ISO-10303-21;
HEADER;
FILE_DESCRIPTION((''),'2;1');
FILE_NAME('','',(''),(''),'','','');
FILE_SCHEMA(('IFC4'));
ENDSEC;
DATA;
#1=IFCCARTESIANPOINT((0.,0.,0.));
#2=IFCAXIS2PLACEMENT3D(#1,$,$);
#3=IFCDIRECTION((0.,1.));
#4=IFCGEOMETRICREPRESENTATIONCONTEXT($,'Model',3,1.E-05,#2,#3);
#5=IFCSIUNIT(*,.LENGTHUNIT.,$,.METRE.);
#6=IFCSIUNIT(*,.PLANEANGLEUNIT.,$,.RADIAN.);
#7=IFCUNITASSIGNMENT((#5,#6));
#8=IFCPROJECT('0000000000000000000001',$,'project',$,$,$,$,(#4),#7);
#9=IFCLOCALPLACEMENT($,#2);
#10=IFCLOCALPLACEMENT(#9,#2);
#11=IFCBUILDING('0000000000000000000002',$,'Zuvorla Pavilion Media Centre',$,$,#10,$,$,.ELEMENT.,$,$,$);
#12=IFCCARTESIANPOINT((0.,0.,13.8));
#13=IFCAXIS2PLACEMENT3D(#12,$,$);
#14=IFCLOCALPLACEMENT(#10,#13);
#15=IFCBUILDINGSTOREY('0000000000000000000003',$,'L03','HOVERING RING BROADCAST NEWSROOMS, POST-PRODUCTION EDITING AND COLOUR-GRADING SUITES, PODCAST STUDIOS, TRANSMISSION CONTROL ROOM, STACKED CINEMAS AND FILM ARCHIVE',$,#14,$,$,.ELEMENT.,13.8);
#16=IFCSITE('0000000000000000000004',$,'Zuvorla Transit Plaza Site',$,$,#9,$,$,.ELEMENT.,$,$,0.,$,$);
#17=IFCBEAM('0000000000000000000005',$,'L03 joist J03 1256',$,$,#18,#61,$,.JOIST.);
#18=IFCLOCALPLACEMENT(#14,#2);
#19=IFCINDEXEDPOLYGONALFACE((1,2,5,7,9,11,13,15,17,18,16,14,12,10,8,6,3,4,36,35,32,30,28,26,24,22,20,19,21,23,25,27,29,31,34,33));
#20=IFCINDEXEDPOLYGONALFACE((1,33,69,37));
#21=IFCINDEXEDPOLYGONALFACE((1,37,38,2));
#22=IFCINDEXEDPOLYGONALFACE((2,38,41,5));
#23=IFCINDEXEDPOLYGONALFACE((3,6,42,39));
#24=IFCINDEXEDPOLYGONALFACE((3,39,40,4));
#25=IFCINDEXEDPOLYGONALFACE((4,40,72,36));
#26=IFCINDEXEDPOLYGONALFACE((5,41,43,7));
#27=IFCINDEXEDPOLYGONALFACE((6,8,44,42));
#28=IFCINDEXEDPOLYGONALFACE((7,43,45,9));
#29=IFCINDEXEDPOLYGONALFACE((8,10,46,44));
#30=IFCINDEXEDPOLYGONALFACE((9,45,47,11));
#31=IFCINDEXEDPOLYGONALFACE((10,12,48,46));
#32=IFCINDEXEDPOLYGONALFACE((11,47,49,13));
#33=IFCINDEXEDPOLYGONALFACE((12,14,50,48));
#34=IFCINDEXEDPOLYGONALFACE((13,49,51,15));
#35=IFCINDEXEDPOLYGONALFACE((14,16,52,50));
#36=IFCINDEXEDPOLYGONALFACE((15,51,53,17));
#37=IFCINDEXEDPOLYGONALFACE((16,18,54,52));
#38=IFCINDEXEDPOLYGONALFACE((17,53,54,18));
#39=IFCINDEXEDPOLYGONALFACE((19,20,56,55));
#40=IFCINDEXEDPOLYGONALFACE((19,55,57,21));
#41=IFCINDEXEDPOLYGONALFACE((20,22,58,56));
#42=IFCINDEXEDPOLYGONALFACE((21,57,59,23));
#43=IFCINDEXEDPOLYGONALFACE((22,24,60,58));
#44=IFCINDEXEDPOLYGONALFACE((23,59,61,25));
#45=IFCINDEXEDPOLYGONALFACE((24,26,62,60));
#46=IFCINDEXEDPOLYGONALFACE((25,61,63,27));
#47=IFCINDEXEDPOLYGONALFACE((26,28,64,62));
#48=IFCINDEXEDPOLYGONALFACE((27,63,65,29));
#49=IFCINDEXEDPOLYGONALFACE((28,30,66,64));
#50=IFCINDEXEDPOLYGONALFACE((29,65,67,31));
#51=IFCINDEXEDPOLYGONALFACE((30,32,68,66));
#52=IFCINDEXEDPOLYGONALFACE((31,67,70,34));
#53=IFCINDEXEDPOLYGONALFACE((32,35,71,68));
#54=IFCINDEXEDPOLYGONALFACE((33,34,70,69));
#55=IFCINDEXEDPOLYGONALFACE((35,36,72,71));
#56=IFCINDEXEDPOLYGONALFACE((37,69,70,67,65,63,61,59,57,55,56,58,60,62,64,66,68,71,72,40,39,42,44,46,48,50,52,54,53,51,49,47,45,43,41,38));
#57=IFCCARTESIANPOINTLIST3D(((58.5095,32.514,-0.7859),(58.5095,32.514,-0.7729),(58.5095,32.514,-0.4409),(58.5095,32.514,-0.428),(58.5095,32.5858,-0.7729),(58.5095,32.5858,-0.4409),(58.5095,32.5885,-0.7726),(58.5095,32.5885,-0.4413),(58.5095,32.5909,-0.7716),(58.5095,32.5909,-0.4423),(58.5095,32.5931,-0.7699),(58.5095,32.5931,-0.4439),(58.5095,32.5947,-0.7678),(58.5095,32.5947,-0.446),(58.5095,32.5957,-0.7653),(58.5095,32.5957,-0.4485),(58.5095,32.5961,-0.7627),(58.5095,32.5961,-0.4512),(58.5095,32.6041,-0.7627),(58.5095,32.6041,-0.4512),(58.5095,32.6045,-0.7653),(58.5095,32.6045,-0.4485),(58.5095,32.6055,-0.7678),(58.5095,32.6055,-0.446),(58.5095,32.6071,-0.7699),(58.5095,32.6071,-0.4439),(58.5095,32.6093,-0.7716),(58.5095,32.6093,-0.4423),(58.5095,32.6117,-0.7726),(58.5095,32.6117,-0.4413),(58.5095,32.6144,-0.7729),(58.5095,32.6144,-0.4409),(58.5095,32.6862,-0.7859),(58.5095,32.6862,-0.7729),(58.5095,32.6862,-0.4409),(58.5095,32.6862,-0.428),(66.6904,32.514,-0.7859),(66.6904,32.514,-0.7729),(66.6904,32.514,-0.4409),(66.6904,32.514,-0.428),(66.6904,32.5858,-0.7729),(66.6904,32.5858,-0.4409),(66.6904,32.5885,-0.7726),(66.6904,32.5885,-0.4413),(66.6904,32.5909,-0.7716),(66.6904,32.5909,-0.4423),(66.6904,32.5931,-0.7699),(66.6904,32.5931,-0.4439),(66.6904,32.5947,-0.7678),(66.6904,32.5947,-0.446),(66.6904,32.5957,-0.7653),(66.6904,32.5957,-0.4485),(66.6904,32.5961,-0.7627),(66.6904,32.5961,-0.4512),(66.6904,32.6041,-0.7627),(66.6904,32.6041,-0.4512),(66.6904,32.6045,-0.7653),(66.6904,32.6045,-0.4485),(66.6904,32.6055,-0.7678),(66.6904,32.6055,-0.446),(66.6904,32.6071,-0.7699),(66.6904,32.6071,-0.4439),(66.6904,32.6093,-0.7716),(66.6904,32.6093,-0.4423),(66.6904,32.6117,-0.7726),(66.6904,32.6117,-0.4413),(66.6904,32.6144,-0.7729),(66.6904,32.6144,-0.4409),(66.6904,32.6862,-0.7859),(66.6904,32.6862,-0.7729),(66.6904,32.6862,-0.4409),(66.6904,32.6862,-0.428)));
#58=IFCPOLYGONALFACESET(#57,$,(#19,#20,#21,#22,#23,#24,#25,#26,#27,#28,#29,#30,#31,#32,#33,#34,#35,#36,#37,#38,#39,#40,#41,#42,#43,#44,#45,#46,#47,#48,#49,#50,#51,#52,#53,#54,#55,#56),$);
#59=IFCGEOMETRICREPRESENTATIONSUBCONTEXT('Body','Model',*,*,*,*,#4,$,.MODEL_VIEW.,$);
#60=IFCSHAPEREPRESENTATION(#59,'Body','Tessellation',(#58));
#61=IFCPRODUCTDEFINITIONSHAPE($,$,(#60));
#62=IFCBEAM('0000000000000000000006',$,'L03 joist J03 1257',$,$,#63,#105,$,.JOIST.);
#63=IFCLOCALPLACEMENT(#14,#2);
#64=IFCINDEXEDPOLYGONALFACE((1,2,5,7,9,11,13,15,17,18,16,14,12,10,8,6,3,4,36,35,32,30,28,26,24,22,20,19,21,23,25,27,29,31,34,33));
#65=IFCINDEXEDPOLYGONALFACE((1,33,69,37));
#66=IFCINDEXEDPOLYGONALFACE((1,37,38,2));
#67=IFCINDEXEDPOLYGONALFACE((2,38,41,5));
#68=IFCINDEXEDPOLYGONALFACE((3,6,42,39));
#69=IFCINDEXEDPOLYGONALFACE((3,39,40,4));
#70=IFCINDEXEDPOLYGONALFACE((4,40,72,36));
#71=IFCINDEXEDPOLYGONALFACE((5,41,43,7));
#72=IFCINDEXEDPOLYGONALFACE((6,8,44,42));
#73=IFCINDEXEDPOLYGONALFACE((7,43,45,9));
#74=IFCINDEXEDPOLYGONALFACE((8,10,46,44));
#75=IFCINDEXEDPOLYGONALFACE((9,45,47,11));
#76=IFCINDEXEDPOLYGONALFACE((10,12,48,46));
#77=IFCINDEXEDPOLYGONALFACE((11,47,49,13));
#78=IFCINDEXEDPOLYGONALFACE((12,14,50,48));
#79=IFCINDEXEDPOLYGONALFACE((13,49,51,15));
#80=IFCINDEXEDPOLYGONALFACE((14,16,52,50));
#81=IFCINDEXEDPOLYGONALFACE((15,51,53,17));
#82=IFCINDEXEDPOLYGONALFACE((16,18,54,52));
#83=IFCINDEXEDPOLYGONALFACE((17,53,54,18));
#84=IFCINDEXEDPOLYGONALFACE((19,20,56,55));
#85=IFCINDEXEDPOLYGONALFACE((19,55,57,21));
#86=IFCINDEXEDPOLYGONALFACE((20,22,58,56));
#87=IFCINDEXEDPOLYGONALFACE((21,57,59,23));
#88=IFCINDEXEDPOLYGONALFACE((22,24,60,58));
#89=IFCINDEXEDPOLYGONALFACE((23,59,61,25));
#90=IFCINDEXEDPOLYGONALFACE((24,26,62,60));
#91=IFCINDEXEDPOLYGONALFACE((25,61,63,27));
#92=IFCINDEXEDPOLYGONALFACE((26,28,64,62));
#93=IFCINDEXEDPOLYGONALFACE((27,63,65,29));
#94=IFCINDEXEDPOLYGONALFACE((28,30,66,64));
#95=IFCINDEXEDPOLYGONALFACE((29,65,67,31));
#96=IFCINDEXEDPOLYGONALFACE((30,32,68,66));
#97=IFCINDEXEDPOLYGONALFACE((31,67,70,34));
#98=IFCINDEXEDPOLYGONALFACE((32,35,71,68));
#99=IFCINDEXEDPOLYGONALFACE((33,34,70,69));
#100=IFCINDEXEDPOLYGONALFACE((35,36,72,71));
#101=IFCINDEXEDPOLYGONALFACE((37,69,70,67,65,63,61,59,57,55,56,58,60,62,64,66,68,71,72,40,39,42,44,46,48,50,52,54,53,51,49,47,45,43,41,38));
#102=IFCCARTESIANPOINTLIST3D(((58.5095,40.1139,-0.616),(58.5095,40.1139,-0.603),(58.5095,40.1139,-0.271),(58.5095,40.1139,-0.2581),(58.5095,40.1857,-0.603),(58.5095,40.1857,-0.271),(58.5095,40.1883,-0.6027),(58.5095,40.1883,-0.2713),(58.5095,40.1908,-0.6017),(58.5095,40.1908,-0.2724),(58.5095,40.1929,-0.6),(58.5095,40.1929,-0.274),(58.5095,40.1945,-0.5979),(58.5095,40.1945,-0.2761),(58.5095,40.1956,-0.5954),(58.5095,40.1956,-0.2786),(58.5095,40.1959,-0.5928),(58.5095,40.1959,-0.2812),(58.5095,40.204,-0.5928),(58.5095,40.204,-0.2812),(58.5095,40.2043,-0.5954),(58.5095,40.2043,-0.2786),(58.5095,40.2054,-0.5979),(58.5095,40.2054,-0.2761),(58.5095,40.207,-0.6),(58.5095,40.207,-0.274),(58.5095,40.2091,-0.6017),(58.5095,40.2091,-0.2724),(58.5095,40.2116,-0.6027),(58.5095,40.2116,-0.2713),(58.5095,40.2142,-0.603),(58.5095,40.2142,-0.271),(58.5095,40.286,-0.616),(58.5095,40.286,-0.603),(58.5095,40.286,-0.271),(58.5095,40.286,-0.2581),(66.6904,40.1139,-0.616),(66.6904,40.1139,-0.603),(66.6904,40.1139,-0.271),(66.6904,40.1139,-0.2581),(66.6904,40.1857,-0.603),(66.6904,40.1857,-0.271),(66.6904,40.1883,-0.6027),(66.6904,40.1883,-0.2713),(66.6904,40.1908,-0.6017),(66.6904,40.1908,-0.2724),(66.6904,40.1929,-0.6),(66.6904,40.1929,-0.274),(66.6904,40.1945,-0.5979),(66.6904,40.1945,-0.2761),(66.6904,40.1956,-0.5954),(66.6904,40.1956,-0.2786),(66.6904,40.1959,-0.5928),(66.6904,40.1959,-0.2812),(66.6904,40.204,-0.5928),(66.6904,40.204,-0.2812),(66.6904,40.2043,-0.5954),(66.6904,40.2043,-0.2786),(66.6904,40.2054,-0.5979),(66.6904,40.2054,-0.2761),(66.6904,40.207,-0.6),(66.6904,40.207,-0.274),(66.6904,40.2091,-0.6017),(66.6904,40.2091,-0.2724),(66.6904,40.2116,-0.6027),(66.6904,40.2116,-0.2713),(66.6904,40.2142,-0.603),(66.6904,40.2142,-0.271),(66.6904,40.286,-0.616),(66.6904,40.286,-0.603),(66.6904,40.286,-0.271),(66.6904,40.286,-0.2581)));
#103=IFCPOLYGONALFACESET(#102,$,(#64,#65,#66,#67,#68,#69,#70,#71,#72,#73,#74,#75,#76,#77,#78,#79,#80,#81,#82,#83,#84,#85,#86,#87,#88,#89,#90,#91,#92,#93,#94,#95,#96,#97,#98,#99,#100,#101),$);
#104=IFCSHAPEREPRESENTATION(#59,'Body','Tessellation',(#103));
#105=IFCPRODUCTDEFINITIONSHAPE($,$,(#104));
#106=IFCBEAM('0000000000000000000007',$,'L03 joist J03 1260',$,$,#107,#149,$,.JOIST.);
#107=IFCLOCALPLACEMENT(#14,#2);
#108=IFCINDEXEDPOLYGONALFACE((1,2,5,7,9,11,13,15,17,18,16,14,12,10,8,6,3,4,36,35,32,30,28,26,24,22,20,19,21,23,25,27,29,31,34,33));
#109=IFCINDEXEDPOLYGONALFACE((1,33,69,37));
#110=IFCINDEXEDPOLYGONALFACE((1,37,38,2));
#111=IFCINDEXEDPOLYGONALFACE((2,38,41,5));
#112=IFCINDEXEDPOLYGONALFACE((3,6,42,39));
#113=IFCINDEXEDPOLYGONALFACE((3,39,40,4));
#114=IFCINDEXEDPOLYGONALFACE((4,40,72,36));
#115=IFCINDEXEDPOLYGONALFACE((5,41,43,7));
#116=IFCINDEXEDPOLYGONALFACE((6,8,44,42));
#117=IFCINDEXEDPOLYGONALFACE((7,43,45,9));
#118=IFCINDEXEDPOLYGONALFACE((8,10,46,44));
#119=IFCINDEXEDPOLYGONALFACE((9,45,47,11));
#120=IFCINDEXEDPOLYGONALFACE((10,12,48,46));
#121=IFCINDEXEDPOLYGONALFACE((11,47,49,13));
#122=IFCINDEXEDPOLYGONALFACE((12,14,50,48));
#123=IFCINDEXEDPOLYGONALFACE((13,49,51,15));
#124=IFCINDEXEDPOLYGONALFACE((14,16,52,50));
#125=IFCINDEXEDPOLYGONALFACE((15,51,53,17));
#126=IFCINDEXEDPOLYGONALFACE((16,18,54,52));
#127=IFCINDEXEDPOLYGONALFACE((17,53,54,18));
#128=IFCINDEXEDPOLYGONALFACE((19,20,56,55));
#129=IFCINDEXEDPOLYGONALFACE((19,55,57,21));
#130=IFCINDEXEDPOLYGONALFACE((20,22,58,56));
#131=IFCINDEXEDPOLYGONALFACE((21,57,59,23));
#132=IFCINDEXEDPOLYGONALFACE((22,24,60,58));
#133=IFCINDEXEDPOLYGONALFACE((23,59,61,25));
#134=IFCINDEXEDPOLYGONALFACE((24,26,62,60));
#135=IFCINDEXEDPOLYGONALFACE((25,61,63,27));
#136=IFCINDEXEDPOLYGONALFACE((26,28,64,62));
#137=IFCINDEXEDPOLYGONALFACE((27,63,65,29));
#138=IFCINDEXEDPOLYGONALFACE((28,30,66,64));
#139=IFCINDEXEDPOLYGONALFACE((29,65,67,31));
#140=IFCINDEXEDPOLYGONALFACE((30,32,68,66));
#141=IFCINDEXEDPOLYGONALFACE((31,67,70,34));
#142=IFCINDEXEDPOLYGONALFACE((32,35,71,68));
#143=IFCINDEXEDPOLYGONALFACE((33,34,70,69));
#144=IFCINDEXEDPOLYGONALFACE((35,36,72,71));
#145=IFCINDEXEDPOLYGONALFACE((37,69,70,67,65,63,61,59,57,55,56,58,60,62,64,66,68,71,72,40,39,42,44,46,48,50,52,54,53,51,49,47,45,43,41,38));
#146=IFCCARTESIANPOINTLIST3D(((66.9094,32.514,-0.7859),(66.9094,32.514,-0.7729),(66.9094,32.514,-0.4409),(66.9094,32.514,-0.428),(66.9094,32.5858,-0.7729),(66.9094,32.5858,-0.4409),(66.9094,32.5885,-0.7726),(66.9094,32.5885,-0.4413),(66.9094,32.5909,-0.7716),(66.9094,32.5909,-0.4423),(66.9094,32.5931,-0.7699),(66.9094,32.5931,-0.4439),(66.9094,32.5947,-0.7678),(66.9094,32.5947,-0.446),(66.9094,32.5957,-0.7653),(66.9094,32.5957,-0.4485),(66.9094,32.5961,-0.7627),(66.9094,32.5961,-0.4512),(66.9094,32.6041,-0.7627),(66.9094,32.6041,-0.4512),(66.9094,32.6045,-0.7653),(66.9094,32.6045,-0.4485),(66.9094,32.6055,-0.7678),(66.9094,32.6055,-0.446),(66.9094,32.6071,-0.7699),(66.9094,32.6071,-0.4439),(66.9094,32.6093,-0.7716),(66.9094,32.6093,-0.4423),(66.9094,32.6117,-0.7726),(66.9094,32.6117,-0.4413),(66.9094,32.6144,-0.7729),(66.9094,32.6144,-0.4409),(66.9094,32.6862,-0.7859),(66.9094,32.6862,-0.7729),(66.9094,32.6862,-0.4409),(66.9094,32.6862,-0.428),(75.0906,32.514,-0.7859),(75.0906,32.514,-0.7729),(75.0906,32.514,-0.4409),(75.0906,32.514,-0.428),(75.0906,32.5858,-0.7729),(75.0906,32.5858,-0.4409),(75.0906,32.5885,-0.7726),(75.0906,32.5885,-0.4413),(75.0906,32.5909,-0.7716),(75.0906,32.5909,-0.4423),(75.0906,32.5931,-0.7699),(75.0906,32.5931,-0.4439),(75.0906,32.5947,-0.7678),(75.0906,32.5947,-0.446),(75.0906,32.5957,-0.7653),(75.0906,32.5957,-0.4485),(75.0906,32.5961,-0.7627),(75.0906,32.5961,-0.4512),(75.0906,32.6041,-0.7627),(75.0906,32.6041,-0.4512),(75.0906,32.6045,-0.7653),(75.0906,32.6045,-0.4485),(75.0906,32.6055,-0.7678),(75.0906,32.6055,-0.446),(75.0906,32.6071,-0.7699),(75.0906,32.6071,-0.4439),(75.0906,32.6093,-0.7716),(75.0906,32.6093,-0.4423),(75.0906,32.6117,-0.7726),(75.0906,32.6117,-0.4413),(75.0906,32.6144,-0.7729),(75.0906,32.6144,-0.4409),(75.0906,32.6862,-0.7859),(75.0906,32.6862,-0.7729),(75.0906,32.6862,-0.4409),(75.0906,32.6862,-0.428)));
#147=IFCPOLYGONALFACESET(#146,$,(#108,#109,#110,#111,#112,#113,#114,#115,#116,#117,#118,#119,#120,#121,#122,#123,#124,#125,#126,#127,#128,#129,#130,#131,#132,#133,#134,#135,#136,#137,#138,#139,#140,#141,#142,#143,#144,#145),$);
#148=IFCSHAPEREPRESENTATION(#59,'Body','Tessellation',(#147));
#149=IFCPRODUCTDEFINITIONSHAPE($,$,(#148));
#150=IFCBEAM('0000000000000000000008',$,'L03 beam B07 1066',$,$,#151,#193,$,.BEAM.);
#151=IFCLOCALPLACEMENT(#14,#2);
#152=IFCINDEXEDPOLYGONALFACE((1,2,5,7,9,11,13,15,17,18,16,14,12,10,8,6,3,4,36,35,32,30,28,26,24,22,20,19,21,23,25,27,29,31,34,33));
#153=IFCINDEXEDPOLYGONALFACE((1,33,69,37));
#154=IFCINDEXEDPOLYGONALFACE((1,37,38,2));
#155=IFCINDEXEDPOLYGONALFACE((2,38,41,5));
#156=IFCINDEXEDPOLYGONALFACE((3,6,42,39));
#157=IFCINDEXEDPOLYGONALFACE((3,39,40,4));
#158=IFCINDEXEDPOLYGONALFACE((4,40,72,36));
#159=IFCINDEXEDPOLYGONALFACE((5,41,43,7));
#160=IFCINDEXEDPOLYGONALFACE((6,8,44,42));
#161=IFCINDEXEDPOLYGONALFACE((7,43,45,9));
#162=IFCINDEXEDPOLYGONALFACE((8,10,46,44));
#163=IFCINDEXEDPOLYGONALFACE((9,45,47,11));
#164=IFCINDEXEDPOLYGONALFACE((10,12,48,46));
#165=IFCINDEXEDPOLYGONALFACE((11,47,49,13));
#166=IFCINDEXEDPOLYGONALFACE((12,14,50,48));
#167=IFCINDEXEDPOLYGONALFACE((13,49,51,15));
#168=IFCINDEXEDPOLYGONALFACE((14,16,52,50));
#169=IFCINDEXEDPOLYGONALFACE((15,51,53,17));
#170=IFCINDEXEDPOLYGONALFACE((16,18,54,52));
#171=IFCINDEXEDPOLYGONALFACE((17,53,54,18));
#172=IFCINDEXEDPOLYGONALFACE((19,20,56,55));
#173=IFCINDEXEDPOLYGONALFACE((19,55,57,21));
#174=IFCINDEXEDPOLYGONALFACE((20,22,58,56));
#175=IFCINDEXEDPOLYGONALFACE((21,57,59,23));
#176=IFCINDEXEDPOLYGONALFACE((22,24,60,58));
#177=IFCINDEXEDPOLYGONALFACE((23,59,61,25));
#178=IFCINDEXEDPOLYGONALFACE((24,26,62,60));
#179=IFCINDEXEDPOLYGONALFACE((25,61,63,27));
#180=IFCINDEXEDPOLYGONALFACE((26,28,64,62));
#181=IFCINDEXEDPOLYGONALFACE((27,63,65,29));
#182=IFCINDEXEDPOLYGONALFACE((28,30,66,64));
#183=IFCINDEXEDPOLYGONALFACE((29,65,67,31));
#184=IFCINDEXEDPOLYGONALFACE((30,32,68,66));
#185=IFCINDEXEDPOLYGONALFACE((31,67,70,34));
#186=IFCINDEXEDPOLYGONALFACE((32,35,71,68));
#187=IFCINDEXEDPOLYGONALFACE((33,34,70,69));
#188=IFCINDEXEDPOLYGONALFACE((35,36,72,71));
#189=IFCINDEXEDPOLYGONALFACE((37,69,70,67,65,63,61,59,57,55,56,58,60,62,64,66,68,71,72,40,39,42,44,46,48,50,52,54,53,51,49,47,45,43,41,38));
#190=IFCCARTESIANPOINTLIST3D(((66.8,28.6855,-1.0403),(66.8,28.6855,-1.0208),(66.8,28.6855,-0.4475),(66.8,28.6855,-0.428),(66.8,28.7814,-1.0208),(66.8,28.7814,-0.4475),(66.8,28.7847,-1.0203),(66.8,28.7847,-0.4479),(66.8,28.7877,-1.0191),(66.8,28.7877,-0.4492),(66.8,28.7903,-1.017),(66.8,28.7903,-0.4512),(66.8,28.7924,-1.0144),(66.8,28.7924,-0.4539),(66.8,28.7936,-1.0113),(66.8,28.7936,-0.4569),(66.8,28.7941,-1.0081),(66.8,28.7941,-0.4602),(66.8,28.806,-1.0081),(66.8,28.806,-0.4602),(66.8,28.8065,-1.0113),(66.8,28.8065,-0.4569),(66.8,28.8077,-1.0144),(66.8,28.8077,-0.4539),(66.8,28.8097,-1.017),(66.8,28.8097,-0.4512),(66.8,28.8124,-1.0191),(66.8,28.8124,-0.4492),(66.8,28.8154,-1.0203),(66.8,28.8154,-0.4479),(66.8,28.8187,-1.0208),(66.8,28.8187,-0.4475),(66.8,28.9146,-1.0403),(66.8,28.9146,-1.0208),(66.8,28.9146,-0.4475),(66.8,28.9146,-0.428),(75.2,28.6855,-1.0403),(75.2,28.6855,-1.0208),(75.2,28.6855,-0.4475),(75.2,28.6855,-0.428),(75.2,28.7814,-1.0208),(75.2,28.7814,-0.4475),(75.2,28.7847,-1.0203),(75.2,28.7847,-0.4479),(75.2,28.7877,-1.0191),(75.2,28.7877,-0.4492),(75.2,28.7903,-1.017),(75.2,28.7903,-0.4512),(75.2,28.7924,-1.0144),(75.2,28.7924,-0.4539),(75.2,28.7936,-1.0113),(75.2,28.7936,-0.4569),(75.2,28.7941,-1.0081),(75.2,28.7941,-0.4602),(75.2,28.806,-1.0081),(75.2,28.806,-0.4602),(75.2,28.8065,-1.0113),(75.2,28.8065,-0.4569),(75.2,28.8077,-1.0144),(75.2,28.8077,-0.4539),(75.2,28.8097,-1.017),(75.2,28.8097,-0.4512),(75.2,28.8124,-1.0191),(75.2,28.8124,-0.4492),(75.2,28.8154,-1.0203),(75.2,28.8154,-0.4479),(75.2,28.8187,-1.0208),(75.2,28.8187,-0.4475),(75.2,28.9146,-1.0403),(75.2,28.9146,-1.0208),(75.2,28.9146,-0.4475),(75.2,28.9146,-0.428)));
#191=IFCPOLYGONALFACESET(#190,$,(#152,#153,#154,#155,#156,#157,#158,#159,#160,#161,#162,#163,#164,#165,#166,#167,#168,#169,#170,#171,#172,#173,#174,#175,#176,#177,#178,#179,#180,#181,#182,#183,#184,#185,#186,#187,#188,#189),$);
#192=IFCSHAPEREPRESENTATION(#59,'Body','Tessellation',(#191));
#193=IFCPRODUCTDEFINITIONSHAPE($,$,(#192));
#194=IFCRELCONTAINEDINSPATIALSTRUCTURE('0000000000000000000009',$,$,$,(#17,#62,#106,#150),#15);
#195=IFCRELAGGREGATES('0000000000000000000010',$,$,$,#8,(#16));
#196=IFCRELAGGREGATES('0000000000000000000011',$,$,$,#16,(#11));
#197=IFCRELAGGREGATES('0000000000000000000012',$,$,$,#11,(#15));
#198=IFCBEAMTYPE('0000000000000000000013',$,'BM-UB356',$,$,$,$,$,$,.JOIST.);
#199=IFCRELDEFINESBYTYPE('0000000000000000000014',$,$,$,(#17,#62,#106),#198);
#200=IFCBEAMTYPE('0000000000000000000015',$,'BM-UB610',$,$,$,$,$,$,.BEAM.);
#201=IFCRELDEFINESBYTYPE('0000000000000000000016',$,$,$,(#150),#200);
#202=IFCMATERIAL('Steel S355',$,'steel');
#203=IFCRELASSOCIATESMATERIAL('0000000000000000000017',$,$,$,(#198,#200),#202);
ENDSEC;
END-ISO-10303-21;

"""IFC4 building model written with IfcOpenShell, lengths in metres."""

from ifc_helpers import new_model, si_unit, direction, frame, origin, origin_2d, place, context, subcontext, project, spatial, i_section, extrude, material, material_profile, profile_set, type_object, element, save


model = new_model("IFC4")

# Units and contexts
model_context = context("Model", 3, precision=1e-05, world=origin(), true_north=direction((0.0, 1.0)))
body_context = subcontext(model_context, "Body", "Model", "MODEL_VIEW")
ifc_project = project(units=[si_unit("LENGTHUNIT", "METRE"), si_unit("PLANEANGLEUNIT", "RADIAN")], contexts=[model_context])

# Site, building, storey
site_placement = place(None, origin())
site = spatial("IfcSite", under=ifc_project, at=site_placement, Name="Zuvorla Transit Plaza Site", CompositionType="ELEMENT", RefElevation=0.0)
building_placement = place(site_placement, origin())
building = spatial("IfcBuilding", under=site, at=building_placement, Name="Zuvorla Pavilion Media Centre", CompositionType="ELEMENT")
storey_placement = place(building_placement, frame((0.0, 0.0, 13.8)))
storey = spatial("IfcBuildingStorey", under=building, at=storey_placement, Name="L03", Description="HOVERING RING BROADCAST NEWSROOMS, POST-PRODUCTION EDITING AND COLOUR-GRADING SUITES, PODCAST STUDIOS, TRANSMISSION CONTROL ROOM, STACKED CINEMAS AND FILM ARCHIVE", CompositionType="ELEMENT", Elevation=13.8)

# Beams
ifc_material_1 = material(Name="Steel S355", Category="steel")
ifc_material_profile_1 = material_profile(ifc_material_1, i_section(OverallWidth=0.1721, OverallDepth=0.3579, WebThickness=0.0081, FlangeThickness=0.0129, FilletRadius=0.0103, at=origin_2d()), Name="UB 356x171x57")
ifc_profile_set_1 = profile_set([ifc_material_profile_1], Name="Steel S355")
beam_type_1 = type_object("IfcBeamType", Name="BM-UB356", PredefinedType="JOIST", material=ifc_profile_set_1)
for number, where, z_axis, x_axis, name in (
    (1, (58.5095, 32.6001, -0.6069), (1.0, 0.0, 0.0), (0.0, 1.0, 0.0), "L03 joist J03 1256"),
    (2, (58.5095, 40.2, -0.437), (1.0, 0.0, 0.0), (0.0, 1.0, 0.0), "L03 joist J03 1257"),
):
    element("IfcBeam", number, at=place(storey_placement, frame(where, z_axis=z_axis, x_axis=x_axis)), inside=storey, type_object=beam_type_1, Name=name, PredefinedType="JOIST", context=body_context, shape_type="SweptSolid", body=[
        extrude(i_section(OverallWidth=0.1721, OverallDepth=0.3579, WebThickness=0.0081, FlangeThickness=0.0129, FilletRadius=0.0103, at=origin_2d()), origin(), (0.0, 0.0, 1.0), 8.1809),
    ])
beam_1_placement = place(storey_placement, frame((66.9094, 32.6001, -0.6069), z_axis=(1.0, 0.0, 0.0), x_axis=(0.0, 1.0, 0.0)))
element("IfcBeam", 3, at=beam_1_placement, inside=storey, type_object=beam_type_1, Name="L03 joist J03 1260", PredefinedType="JOIST", context=body_context, shape_type="SweptSolid", body=[
    extrude(i_section(OverallWidth=0.1721, OverallDepth=0.3579, WebThickness=0.0081, FlangeThickness=0.0129, FilletRadius=0.0103, at=origin_2d()), origin(), (0.0, 0.0, 1.0), 8.1812),
])
ifc_material_profile_2 = material_profile(ifc_material_1, i_section(OverallWidth=0.229, OverallDepth=0.6123, WebThickness=0.012, FlangeThickness=0.0195, FilletRadius=0.0127, at=origin_2d()), Name="UB 610x229x125")
ifc_profile_set_2 = profile_set([ifc_material_profile_2], Name="Steel S355")
beam_type_2 = type_object("IfcBeamType", Name="BM-UB610", PredefinedType="BEAM", material=ifc_profile_set_2)
beam_2_placement = place(storey_placement, frame((66.8, 28.8, -0.7341), z_axis=(1.0, 0.0, 0.0), x_axis=(0.0, 1.0, 0.0)))
element("IfcBeam", 4, at=beam_2_placement, inside=storey, type_object=beam_type_2, Name="L03 beam B07 1066", PredefinedType="BEAM", context=body_context, shape_type="SweptSolid", body=[
    extrude(i_section(OverallWidth=0.229, OverallDepth=0.6123, WebThickness=0.012, FlangeThickness=0.0195, FilletRadius=0.0127, at=origin_2d()), origin(), (0.0, 0.0, 1.0), 8.3999),
])

save(model, "model.ifc")
